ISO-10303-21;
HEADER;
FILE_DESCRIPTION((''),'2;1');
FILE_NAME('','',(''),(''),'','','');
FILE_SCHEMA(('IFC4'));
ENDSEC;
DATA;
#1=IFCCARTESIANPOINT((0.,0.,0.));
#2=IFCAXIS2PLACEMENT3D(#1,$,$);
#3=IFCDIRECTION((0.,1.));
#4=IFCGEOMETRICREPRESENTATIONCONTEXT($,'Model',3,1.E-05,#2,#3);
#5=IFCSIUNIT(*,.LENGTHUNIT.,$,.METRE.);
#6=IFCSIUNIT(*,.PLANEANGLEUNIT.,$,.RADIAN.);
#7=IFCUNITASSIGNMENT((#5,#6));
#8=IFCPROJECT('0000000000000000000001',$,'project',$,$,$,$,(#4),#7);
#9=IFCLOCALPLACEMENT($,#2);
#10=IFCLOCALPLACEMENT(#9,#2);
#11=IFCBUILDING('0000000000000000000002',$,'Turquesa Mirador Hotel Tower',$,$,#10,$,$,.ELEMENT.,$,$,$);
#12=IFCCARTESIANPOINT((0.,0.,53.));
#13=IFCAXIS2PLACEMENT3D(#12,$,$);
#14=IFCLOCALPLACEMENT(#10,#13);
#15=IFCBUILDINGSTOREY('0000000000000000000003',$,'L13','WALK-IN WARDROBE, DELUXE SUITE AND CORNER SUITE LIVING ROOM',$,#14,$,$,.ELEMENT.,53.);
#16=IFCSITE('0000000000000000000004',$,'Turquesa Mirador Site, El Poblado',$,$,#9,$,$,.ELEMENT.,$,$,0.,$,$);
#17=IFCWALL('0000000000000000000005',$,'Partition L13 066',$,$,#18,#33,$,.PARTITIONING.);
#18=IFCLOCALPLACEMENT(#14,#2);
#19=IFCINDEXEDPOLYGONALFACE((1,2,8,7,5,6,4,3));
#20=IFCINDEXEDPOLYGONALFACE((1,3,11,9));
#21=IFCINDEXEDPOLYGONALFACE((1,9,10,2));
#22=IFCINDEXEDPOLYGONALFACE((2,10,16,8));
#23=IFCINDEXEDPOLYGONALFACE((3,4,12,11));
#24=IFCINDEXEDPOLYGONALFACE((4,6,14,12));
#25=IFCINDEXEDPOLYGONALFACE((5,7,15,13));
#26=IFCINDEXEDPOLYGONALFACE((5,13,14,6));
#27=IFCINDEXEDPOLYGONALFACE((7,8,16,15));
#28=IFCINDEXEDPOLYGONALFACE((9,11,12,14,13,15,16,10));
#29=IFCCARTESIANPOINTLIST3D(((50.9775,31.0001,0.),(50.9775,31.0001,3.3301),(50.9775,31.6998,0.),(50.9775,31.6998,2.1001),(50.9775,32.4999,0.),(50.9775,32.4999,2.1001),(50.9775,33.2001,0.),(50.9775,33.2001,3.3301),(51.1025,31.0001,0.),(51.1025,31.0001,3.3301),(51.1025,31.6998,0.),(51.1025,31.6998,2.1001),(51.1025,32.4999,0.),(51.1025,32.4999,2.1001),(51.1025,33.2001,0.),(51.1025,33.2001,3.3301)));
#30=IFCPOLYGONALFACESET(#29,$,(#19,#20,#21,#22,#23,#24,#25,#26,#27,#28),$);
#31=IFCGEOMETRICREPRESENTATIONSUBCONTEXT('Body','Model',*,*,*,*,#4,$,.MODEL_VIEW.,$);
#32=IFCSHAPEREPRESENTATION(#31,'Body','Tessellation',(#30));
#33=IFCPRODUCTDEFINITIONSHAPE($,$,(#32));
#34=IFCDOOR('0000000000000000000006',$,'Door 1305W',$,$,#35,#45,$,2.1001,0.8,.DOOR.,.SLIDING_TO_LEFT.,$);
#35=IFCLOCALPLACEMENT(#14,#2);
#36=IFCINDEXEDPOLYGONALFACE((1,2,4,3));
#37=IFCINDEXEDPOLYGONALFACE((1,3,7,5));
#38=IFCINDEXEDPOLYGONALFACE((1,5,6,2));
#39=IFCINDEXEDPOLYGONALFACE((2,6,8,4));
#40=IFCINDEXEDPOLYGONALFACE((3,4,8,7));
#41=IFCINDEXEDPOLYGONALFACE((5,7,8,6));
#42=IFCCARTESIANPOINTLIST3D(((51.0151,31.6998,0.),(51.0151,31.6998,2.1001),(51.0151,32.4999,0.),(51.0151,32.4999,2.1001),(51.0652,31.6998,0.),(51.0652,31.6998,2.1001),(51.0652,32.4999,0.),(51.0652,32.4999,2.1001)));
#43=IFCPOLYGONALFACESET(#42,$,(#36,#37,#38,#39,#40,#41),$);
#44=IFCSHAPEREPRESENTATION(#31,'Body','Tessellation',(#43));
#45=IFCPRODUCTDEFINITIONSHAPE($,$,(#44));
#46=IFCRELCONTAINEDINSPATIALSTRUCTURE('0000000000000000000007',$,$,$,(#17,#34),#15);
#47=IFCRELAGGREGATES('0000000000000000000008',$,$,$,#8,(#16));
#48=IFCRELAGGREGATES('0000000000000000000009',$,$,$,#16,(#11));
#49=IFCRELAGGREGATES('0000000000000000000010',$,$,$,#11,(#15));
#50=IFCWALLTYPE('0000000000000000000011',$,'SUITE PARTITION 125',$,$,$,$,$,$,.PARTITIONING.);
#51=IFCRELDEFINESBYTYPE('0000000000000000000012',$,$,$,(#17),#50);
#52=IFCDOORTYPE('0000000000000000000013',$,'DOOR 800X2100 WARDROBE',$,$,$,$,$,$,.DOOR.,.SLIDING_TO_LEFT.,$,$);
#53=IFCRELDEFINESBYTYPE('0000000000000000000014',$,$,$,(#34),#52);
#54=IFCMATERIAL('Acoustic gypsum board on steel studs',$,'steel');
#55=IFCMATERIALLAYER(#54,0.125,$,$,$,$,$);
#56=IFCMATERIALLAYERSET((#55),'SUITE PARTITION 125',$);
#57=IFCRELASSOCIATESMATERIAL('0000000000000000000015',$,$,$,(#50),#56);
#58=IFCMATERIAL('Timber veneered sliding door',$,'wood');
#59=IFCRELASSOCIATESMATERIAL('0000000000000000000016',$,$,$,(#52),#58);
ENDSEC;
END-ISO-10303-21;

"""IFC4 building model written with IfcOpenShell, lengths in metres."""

from ifc_helpers import new_model, si_unit, direction, frame, frame_2d, origin, place, context, subcontext, project, spatial, rectangle, extrude, material, layer, layer_set, type_object, element, fill, save


model = new_model("IFC4")

# Units and contexts
model_context = context("Model", 3, precision=1e-05, world=origin(), true_north=direction((0.0, 1.0)))
body_context = subcontext(model_context, "Body", "Model", "MODEL_VIEW")
ifc_project = project(units=[si_unit("LENGTHUNIT", "METRE"), si_unit("PLANEANGLEUNIT", "RADIAN")], contexts=[model_context])

# Site, building, storey
site_placement = place(None, origin())
site = spatial("IfcSite", under=ifc_project, at=site_placement, Name="Turquesa Mirador Site, El Poblado", CompositionType="ELEMENT", RefElevation=0.0)
building_placement = place(site_placement, origin())
building = spatial("IfcBuilding", under=site, at=building_placement, Name="Turquesa Mirador Hotel Tower", CompositionType="ELEMENT")
storey_placement = place(building_placement, frame((0.0, 0.0, 53.0)))
storey = spatial("IfcBuildingStorey", under=building, at=storey_placement, Name="L13", Description="WALK-IN WARDROBE, DELUXE SUITE AND CORNER SUITE LIVING ROOM", CompositionType="ELEMENT", Elevation=53.0)

# Shared definitions
ifc_material_1 = material(Name="Acoustic gypsum board on steel studs", Category="steel")
ifc_layer_1 = layer(ifc_material_1, 0.125)
ifc_layer_set_1 = layer_set([ifc_layer_1], Name="SUITE PARTITION 125")
wall_type_1 = type_object("IfcWallType", Name="SUITE PARTITION 125", PredefinedType="PARTITIONING", material=ifc_layer_set_1)

# Wall, opening, door
wall_1_placement = place(storey_placement, frame((51.04, 31.0, 0.0), z_axis=(0.0, 0.0, 1.0), x_axis=(0.0, 1.0, 0.0)))
wall_1 = element("IfcWall", 1, at=wall_1_placement, inside=storey, type_object=wall_type_1, Name="Partition L13 066", PredefinedType="PARTITIONING", context=body_context, shape_type="SweptSolid", body=[
    extrude(rectangle(XDim=2.2, YDim=0.125, at=frame_2d((1.1001, 0.0))), origin(), (0.0, 0.0, 1.0), 3.3301),
])
opening_1_placement = place(wall_1_placement, frame((0.7, 0.0, 0.0)))
opening_1 = element("IfcOpeningElement", 2, at=opening_1_placement, cuts=wall_1, PredefinedType="OPENING", context=body_context, shape_type="SweptSolid", body=[
    extrude(rectangle(XDim=0.8, YDim=2.1001, at=frame_2d((0.3999, 1.05))), frame((0.0, 0.0725, 0.0), z_axis=(0.0, -1.0, 0.0), x_axis=(1.0, 0.0, 0.0)), (0.0, 0.0, 1.0), 0.145),
])
ifc_material_2 = material(Name="Timber veneered sliding door", Category="wood")
door_type_1 = type_object("IfcDoorType", Name="DOOR 800X2100 WARDROBE", OperationType="SLIDING_TO_LEFT", PredefinedType="DOOR", material=ifc_material_2)
door_1_placement = place(opening_1_placement, origin())
door_1 = element("IfcDoor", 3, at=door_1_placement, inside=storey, type_object=door_type_1, Name="Door 1305W", OperationType="SLIDING_TO_LEFT", OverallHeight=2.1001, OverallWidth=0.8, PredefinedType="DOOR", context=body_context, shape_type="SweptSolid", body=[
    extrude(rectangle(XDim=0.8, YDim=2.1001, at=frame_2d((0.3999, 1.05))), frame((0.0, 0.0249, 0.0), z_axis=(0.0, -1.0, 0.0), x_axis=(1.0, 0.0, 0.0)), (0.0, 0.0, 1.0), 0.05),
])
fill(opening_1, door_1)

save(model, "model.ifc")
